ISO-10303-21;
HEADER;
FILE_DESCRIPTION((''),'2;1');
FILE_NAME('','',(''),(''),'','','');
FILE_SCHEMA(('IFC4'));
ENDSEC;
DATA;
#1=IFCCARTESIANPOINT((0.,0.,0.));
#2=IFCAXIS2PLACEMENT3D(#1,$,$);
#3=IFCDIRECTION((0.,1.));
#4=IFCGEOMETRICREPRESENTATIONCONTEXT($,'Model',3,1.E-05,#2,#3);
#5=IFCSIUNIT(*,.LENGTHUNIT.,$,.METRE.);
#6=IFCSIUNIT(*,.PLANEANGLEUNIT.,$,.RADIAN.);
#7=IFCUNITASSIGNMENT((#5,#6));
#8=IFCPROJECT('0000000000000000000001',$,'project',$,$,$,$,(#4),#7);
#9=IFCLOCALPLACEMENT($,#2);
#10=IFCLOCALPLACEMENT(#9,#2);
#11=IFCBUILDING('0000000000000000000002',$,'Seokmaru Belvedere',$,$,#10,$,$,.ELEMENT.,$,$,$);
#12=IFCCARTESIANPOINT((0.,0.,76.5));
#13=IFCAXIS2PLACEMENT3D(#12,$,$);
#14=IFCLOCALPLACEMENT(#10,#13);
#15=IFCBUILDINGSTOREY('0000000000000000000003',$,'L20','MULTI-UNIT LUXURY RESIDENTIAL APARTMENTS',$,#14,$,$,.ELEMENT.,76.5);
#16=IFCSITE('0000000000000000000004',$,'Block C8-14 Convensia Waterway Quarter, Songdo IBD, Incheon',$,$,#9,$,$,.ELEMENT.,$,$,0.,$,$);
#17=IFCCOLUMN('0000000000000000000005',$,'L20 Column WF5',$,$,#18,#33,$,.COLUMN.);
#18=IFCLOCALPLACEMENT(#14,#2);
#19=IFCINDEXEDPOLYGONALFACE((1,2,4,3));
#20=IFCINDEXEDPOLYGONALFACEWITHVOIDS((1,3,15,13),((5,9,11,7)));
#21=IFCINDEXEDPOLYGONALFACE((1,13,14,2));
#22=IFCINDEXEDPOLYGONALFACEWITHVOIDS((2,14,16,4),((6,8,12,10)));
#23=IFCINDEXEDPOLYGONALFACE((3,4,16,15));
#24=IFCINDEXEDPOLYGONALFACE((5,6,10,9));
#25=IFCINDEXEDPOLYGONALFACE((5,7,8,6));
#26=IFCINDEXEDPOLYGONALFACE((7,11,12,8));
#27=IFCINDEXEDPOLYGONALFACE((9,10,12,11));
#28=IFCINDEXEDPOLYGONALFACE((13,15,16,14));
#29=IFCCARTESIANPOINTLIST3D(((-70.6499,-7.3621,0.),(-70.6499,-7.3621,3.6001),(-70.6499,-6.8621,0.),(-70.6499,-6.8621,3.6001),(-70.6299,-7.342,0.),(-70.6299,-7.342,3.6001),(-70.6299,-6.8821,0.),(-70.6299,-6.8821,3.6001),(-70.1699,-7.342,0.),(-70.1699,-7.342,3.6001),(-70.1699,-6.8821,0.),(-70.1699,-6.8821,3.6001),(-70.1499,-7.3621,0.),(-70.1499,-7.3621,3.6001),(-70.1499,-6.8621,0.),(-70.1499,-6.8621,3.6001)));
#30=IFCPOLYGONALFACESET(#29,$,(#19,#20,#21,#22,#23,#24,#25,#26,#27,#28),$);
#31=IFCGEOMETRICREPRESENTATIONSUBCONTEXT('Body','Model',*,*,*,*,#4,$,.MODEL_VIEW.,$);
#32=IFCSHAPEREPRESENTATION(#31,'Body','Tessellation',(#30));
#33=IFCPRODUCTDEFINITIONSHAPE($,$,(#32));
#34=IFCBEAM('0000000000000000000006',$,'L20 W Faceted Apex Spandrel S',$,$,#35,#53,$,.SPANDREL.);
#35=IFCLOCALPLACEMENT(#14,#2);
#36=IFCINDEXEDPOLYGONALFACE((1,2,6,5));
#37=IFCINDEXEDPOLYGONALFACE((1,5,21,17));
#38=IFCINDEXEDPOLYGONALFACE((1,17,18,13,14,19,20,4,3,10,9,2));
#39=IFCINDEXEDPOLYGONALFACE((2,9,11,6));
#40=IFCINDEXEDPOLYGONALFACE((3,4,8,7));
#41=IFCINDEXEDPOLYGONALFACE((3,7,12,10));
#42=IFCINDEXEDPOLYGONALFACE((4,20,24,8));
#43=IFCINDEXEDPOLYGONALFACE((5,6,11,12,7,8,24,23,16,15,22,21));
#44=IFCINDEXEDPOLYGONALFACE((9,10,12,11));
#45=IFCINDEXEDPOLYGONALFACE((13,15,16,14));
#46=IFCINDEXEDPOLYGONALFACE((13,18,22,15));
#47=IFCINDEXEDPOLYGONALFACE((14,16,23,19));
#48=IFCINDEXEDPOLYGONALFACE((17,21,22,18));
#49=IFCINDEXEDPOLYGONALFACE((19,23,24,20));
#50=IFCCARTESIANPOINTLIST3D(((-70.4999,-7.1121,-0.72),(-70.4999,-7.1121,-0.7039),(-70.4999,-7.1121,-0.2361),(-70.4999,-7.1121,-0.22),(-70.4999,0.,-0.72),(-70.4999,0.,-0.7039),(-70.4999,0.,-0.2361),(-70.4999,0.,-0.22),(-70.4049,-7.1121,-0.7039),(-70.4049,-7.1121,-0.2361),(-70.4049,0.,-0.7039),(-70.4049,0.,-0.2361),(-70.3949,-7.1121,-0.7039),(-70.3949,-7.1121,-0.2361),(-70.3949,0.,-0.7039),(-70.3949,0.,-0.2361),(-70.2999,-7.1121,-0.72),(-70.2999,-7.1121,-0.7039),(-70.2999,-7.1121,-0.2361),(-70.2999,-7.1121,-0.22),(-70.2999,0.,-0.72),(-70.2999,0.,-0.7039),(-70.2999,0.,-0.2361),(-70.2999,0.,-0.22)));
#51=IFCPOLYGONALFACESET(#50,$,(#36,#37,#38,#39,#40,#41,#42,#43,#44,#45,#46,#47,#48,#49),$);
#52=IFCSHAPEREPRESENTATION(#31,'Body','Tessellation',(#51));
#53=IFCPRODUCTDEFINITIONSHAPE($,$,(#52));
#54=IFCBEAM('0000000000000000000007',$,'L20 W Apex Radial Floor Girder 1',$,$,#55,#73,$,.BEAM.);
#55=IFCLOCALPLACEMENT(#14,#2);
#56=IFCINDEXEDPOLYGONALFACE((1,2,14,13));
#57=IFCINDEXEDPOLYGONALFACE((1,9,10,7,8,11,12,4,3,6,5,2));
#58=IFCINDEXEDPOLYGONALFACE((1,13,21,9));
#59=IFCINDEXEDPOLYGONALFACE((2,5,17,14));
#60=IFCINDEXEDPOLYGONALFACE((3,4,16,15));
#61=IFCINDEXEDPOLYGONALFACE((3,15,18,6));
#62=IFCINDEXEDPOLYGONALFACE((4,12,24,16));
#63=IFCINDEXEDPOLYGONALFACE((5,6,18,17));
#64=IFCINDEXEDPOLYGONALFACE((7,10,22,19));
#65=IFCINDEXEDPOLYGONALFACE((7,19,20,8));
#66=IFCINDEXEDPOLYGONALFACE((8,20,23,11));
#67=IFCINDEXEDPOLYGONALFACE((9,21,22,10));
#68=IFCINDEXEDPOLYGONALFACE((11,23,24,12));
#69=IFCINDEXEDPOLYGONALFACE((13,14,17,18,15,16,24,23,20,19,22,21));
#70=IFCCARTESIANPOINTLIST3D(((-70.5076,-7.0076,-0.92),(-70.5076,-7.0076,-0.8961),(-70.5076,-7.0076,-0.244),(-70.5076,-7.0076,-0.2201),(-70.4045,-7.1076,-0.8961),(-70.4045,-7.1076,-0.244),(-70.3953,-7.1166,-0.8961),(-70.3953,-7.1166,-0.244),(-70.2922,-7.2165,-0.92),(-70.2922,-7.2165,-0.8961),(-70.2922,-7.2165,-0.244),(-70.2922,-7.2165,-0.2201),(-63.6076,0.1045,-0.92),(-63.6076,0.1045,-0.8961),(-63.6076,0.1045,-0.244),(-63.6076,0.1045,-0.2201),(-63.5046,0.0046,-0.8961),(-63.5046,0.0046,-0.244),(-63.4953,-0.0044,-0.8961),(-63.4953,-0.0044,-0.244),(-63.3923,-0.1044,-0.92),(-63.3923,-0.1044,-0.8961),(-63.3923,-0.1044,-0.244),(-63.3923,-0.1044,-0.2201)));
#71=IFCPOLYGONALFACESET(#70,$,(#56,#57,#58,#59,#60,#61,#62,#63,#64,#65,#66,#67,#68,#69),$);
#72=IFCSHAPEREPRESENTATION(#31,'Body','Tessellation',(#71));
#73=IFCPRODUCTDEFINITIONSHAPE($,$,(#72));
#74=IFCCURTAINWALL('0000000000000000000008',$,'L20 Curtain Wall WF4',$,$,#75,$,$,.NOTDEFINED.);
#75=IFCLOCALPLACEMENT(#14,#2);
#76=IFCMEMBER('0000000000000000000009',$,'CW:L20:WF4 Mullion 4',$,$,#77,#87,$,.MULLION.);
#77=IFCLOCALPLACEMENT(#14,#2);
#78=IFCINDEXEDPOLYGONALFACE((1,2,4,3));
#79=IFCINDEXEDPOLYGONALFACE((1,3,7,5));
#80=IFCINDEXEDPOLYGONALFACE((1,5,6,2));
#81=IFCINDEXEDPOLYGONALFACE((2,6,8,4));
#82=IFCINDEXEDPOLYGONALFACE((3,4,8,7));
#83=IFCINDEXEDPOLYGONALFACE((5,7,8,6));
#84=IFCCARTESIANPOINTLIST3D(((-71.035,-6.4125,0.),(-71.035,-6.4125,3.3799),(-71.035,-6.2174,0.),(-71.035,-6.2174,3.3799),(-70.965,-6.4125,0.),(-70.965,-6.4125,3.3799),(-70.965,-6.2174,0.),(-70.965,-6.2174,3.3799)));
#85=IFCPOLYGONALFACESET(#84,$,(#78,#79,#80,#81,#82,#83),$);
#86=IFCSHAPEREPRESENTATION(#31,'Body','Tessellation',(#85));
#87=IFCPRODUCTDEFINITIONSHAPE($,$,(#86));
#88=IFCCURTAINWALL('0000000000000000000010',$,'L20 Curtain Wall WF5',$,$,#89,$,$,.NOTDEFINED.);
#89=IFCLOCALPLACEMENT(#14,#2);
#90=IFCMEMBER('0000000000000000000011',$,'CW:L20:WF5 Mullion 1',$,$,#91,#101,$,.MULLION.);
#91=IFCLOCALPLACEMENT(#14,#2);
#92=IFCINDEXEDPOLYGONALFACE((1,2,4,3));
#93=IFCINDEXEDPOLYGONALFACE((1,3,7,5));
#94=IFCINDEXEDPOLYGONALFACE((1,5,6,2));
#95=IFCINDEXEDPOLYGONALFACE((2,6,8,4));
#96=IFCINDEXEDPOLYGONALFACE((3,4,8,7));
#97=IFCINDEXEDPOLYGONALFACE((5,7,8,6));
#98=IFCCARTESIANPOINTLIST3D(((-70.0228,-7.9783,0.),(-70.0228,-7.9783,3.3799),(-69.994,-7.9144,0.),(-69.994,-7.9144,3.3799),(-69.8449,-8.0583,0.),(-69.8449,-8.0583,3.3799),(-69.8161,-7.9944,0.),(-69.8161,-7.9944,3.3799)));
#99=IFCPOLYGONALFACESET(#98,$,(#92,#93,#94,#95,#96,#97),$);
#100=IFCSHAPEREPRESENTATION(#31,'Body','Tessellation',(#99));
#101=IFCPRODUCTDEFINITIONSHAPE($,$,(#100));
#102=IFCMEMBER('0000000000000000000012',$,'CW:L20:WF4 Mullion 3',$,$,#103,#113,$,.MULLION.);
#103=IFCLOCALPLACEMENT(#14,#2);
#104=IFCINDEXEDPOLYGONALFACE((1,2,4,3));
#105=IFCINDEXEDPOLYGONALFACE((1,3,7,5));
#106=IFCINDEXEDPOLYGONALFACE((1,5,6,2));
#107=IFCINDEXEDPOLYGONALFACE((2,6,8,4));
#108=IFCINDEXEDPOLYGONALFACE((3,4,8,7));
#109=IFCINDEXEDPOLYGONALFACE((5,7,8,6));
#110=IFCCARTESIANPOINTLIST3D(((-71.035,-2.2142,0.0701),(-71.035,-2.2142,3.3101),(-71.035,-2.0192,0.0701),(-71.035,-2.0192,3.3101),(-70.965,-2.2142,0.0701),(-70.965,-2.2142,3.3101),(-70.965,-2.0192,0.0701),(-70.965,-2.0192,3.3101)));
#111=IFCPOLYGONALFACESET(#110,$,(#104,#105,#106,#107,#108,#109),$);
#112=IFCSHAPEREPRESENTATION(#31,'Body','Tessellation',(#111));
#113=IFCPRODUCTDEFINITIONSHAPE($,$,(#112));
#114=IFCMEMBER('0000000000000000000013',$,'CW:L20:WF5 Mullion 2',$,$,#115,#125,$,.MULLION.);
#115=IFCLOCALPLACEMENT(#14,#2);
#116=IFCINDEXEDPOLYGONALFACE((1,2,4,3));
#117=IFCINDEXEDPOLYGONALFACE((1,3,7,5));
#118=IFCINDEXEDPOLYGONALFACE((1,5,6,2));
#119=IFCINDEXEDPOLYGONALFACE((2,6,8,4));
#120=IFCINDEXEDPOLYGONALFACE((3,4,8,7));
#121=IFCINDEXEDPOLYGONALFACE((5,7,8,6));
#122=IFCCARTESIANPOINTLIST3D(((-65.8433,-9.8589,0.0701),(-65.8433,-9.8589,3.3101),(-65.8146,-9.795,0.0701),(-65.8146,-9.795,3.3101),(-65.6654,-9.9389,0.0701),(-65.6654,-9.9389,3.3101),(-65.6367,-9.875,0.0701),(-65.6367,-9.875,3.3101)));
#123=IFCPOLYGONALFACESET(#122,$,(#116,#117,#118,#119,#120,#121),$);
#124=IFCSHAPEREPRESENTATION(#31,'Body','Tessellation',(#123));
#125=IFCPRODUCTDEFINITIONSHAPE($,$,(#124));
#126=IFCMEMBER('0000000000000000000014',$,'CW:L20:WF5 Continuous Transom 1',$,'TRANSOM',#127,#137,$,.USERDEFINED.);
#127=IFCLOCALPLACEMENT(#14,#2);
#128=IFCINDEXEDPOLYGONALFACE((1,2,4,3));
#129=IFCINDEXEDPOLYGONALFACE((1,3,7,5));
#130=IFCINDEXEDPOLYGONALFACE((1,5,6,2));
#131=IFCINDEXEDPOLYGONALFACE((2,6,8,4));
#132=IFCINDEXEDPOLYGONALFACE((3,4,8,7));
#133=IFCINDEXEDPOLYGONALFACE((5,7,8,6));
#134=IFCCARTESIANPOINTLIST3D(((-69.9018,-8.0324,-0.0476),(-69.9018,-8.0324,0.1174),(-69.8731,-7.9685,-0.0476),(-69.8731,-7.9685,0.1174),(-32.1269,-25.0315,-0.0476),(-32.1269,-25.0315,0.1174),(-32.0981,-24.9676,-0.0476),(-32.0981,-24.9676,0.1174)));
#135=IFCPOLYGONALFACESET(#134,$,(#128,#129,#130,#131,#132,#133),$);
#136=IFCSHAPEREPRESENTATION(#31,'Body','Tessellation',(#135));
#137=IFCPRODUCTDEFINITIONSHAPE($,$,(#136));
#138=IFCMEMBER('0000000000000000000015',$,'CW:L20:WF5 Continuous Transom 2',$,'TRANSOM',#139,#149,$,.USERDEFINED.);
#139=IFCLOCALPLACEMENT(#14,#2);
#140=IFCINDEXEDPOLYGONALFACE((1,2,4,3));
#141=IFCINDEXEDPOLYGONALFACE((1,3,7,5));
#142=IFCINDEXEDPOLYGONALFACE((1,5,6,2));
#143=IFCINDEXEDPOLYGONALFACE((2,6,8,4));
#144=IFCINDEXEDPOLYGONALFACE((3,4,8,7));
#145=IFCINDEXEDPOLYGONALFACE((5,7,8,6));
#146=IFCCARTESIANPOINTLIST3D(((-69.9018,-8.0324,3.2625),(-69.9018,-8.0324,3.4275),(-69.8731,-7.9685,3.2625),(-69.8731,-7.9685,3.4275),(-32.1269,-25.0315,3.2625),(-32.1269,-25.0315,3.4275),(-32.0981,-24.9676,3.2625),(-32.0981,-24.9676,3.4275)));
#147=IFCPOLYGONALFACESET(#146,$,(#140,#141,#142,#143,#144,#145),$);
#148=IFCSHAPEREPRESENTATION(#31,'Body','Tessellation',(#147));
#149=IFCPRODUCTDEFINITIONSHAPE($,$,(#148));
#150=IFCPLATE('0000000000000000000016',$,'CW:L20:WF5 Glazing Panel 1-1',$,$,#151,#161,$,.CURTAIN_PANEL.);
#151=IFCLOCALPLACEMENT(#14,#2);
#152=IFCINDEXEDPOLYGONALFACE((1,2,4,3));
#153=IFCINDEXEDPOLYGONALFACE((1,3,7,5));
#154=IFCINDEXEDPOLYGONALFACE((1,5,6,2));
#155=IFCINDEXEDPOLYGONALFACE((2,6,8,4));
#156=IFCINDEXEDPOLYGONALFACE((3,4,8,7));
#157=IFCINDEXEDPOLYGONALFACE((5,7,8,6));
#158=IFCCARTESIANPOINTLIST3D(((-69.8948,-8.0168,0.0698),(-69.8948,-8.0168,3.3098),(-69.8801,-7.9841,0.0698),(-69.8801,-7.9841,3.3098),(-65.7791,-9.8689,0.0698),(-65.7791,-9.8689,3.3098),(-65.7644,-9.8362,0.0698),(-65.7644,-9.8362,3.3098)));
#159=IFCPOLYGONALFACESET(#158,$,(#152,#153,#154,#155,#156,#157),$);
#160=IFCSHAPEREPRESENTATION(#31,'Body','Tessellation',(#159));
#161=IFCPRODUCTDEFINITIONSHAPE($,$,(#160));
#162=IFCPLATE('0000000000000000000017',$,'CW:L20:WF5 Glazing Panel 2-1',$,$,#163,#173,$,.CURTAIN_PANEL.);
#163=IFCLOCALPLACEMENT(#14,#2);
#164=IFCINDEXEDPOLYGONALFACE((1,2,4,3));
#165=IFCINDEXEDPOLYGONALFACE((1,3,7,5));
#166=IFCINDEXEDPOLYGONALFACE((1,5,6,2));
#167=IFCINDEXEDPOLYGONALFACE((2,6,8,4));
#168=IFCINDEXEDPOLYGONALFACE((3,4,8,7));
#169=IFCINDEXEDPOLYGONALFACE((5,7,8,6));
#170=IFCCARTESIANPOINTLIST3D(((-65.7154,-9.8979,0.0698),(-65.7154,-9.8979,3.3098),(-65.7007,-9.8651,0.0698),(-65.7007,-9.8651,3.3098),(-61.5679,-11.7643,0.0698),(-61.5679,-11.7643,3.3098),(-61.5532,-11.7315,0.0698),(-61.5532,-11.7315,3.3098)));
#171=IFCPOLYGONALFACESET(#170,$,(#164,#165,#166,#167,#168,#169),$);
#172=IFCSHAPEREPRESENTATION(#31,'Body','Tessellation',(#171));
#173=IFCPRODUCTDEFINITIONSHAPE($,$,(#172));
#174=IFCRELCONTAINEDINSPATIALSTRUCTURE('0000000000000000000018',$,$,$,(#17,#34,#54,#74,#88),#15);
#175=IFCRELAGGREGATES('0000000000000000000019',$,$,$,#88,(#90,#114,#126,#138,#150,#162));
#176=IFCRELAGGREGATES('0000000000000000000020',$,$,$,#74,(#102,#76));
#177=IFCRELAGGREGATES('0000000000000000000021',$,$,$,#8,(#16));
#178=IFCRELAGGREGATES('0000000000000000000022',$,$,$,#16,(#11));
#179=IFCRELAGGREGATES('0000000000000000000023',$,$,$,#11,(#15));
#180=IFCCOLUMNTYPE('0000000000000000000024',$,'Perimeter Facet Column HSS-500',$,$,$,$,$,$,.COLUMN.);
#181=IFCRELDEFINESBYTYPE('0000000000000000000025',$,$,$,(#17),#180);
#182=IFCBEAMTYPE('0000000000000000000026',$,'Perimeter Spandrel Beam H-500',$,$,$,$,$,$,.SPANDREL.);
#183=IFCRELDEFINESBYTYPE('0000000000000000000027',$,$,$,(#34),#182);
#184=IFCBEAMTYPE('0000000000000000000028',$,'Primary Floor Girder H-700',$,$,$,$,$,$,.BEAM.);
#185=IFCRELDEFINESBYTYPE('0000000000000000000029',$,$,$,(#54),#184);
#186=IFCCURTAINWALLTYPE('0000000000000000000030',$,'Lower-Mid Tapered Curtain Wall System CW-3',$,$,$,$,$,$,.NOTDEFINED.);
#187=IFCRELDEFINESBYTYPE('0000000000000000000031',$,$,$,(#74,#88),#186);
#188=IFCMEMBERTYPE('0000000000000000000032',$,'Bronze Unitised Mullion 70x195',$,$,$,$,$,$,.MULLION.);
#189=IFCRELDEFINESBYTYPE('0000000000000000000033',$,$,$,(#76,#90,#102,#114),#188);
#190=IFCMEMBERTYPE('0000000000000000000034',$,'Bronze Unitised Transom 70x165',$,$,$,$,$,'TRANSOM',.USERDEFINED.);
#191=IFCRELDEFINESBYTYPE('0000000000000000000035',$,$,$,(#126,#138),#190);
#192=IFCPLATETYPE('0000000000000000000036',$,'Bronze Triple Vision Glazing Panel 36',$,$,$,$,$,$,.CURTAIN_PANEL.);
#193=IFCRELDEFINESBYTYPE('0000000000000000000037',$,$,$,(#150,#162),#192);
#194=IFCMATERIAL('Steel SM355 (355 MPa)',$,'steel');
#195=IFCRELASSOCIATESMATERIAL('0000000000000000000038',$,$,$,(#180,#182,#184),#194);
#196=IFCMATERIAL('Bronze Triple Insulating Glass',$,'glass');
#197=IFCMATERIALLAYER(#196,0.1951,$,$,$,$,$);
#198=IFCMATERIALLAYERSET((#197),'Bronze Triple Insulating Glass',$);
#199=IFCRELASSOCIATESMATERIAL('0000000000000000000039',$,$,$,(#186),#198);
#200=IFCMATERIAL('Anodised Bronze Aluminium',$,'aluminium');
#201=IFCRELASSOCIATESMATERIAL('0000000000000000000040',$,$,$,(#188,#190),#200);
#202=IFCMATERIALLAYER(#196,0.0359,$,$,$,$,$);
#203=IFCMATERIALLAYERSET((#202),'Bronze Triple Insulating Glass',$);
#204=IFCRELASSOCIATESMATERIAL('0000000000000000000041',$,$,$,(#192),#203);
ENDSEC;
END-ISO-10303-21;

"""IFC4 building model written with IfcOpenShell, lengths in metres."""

from ifc_helpers import new_model, si_unit, direction, frame, origin, origin_2d, place, context, subcontext, project, spatial, rectangle, hollow_rectangle, i_section, extrude, source, transform, mapped, material, layer, layer_set, material_profile, profile_set, type_object, type_shapes, element, aggregate, save


model = new_model("IFC4")

# Units and contexts
model_context = context("Model", 3, precision=1e-05, world=origin(), true_north=direction((0.0, 1.0)))
body_context = subcontext(model_context, "Body", "Model", "MODEL_VIEW")
ifc_project = project(units=[si_unit("LENGTHUNIT", "METRE"), si_unit("PLANEANGLEUNIT", "RADIAN")], contexts=[model_context])

# Site, building, storey
site_placement = place(None, origin())
site = spatial("IfcSite", under=ifc_project, at=site_placement, Name="Block C8-14 Convensia Waterway Quarter, Songdo IBD, Incheon", CompositionType="ELEMENT", RefElevation=0.0)
building_placement = place(site_placement, origin())
building = spatial("IfcBuilding", under=site, at=building_placement, Name="Seokmaru Belvedere", CompositionType="ELEMENT")
storey_placement = place(building_placement, frame((0.0, 0.0, 76.5)))
storey = spatial("IfcBuildingStorey", under=building, at=storey_placement, Name="L20", Description="MULTI-UNIT LUXURY RESIDENTIAL APARTMENTS", CompositionType="ELEMENT", Elevation=76.5)

# Column
ifc_material_1 = material(Name="Steel SM355 (355 MPa)", Category="steel")
ifc_material_profile_1 = material_profile(ifc_material_1, hollow_rectangle(XDim=0.5, YDim=0.5, WallThickness=0.02, at=origin_2d()), Name="HSS-500x500x20")
ifc_profile_set_1 = profile_set([ifc_material_profile_1], Name="Steel SM355 (355 MPa)")
column_type = type_object("IfcColumnType", Name="Perimeter Facet Column HSS-500", PredefinedType="COLUMN", material=ifc_profile_set_1)
shared_shape_1 = source(origin(), body_context, "Body", "SweptSolid", [
    extrude(hollow_rectangle(XDim=0.5, YDim=0.5, WallThickness=0.02, at=origin_2d()), origin(), (0.0, 0.0, 1.0), 3.6001),
])
type_shapes(column_type, [shared_shape_1])
column_placement = place(storey_placement, frame((-70.3999, -7.1121, 0.0), z_axis=(0.0, 0.0, 1.0), x_axis=(1.0, 0.0, 0.0)))
element("IfcColumn", 1, at=column_placement, inside=storey, type_object=column_type, Name="L20 Column WF5", PredefinedType="COLUMN", context=body_context, shape_type="MappedRepresentation", body=[
    mapped(shared_shape_1, transform((0.0, 0.0, 0.0), scale=1.0)),
])

# Beams
ifc_material_profile_2 = material_profile(ifc_material_1, i_section(OverallWidth=0.2, OverallDepth=0.5, WebThickness=0.01, FlangeThickness=0.0161, at=origin_2d()), Name="H-500x200x10x16")
ifc_profile_set_2 = profile_set([ifc_material_profile_2], Name="Steel SM355 (355 MPa)")
beam_type_1 = type_object("IfcBeamType", Name="Perimeter Spandrel Beam H-500", PredefinedType="SPANDREL", material=ifc_profile_set_2)
shared_shape_2 = source(origin(), body_context, "Body", "SweptSolid", [
    extrude(i_section(OverallWidth=0.2, OverallDepth=0.5, WebThickness=0.01, FlangeThickness=0.0161, at=origin_2d()), origin(), (0.0, 0.0, 1.0), 7.1121),
])
type_shapes(beam_type_1, [shared_shape_2])
beam_1_placement = place(storey_placement, frame((-70.3999, -7.1121, -0.47), z_axis=(0.0, 1.0, 0.0), x_axis=(-1.0, 0.0, 0.0)))
element("IfcBeam", 2, at=beam_1_placement, inside=storey, type_object=beam_type_1, Name="L20 W Faceted Apex Spandrel S", PredefinedType="SPANDREL", context=body_context, shape_type="MappedRepresentation", body=[
    mapped(shared_shape_2, transform((0.0, 0.0, 0.0), scale=1.0)),
])
ifc_material_profile_3 = material_profile(ifc_material_1, i_section(OverallWidth=0.3, OverallDepth=0.7, WebThickness=0.0129, FlangeThickness=0.0239, at=origin_2d()), Name="H-700x300x13x24")
ifc_profile_set_3 = profile_set([ifc_material_profile_3], Name="Steel SM355 (355 MPa)")
beam_type_2 = type_object("IfcBeamType", Name="Primary Floor Girder H-700", PredefinedType="BEAM", material=ifc_profile_set_3)
shared_shape_3 = source(origin(), body_context, "Body", "SweptSolid", [
    extrude(i_section(OverallWidth=0.3, OverallDepth=0.7, WebThickness=0.0129, FlangeThickness=0.0239, at=origin_2d()), origin(), (0.0, 0.0, 1.0), 9.9092),
])
type_shapes(beam_type_2, [shared_shape_3])
beam_2_placement = place(storey_placement, frame((-70.3999, -7.1121, -0.5701), z_axis=(0.696321, 0.717731, 0.0), x_axis=(-0.717731, 0.696321, 0.0)))
element("IfcBeam", 3, at=beam_2_placement, inside=storey, type_object=beam_type_2, Name="L20 W Apex Radial Floor Girder 1", PredefinedType="BEAM", context=body_context, shape_type="MappedRepresentation", body=[
    mapped(shared_shape_3, transform((0.0, 0.0, 0.0), scale=1.0)),
])

# Curtain walls, members
ifc_material_2 = material(Name="Bronze Triple Insulating Glass", Category="glass")
ifc_layer_1 = layer(ifc_material_2, 0.1951)
ifc_layer_set_1 = layer_set([ifc_layer_1], Name="Bronze Triple Insulating Glass")
curtain_wall_type = type_object("IfcCurtainWallType", Name="Lower-Mid Tapered Curtain Wall System CW-3", PredefinedType="NOTDEFINED", material=ifc_layer_set_1)
curtain_wall_1_placement = place(storey_placement, origin())
curtain_wall_1 = element("IfcCurtainWall", 4, at=curtain_wall_1_placement, inside=storey, type_object=curtain_wall_type, Name="L20 Curtain Wall WF4", PredefinedType="NOTDEFINED")
ifc_material_3 = material(Name="Anodised Bronze Aluminium", Category="aluminium")
ifc_material_profile_4 = material_profile(ifc_material_3, rectangle(XDim=0.0701, YDim=0.1951, at=origin_2d()), Name="CW-M-70x195")
ifc_profile_set_4 = profile_set([ifc_material_profile_4], Name="Anodised Bronze Aluminium")
member_type_1 = type_object("IfcMemberType", Name="Bronze Unitised Mullion 70x195", PredefinedType="MULLION", material=ifc_profile_set_4)
shared_shape_4 = source(origin(), body_context, "Body", "SweptSolid", [
    extrude(rectangle(XDim=0.0701, YDim=0.1951, at=origin_2d()), origin(), (0.0, 0.0, 1.0), 3.3799),
])
member_1_placement = place(storey_placement, frame((-71.0, -6.3149, 0.0), z_axis=(0.0, 0.0, 1.0), x_axis=(1.0, 0.0, 0.0)))
member_1 = element("IfcMember", 5, at=member_1_placement, type_object=member_type_1, Name="CW:L20:WF4 Mullion 4", PredefinedType="MULLION", context=body_context, shape_type="MappedRepresentation", body=[
    mapped(shared_shape_4, transform((0.0, 0.0, 0.0), scale=1.0)),
])
curtain_wall_2_placement = place(storey_placement, origin())
curtain_wall_2 = element("IfcCurtainWall", 6, at=curtain_wall_2_placement, inside=storey, type_object=curtain_wall_type, Name="L20 Curtain Wall WF5", PredefinedType="NOTDEFINED")
member_2_placement = place(storey_placement, frame((-69.9194, -7.9863, 0.0), z_axis=(0.0, 0.0, 1.0), x_axis=(0.410366, 0.911921, 0.0)))
member_2 = element("IfcMember", 7, at=member_2_placement, type_object=member_type_1, Name="CW:L20:WF5 Mullion 1", PredefinedType="MULLION", context=body_context, shape_type="MappedRepresentation", body=[
    mapped(shared_shape_4, transform((0.0, 0.0, 0.0), scale=1.0)),
])

# Members
shared_shape_5 = source(origin(), body_context, "Body", "SweptSolid", [
    extrude(rectangle(XDim=0.0701, YDim=0.1951, at=origin_2d()), origin(), (0.0, 0.0, 1.0), 3.24),
])
type_shapes(member_type_1, [shared_shape_4, shared_shape_5])
member_3_placement = place(storey_placement, frame((-71.0, -2.1167, 0.0701), z_axis=(0.0, 0.0, 1.0), x_axis=(1.0, 0.0, 0.0)))
member_3 = element("IfcMember", 8, at=member_3_placement, type_object=member_type_1, Name="CW:L20:WF4 Mullion 3", PredefinedType="MULLION", context=body_context, shape_type="MappedRepresentation", body=[
    mapped(shared_shape_5, transform((0.0, 0.0, 0.0), scale=1.0)),
])
member_4_placement = place(storey_placement, frame((-65.74, -9.8669, 0.0701), z_axis=(0.0, 0.0, 1.0), x_axis=(0.410366, 0.911921, 0.0)))
member_4 = element("IfcMember", 9, at=member_4_placement, type_object=member_type_1, Name="CW:L20:WF5 Mullion 2", PredefinedType="MULLION", context=body_context, shape_type="MappedRepresentation", body=[
    mapped(shared_shape_5, transform((0.0, 0.0, 0.0), scale=1.0)),
])
ifc_material_profile_5 = material_profile(ifc_material_3, rectangle(XDim=0.0701, YDim=0.165, at=origin_2d()), Name="CW-T-70x165")
ifc_profile_set_5 = profile_set([ifc_material_profile_5], Name="Anodised Bronze Aluminium")
member_type_2 = type_object("IfcMemberType", Name="Bronze Unitised Transom 70x165", ElementType="TRANSOM", PredefinedType="USERDEFINED", material=ifc_profile_set_5)
shared_shape_6 = source(origin(), body_context, "Body", "SweptSolid", [
    extrude(rectangle(XDim=0.0701, YDim=0.165, at=origin_2d()), origin(), (0.0, 0.0, 1.0), 41.4236),
])
type_shapes(member_type_2, [shared_shape_6])
member_5_placement = place(storey_placement, frame((-69.8875, -8.0005, 0.0349), z_axis=(0.911919, -0.410371, 0.0), x_axis=(0.410371, 0.911919, 0.0)))
member_5 = element("IfcMember", 10, at=member_5_placement, type_object=member_type_2, Name="CW:L20:WF5 Continuous Transom 1", ObjectType="TRANSOM", PredefinedType="USERDEFINED", context=body_context, shape_type="MappedRepresentation", body=[
    mapped(shared_shape_6, transform((0.0, 0.0, 0.0), scale=1.0)),
])
member_6_placement = place(storey_placement, frame((-69.8875, -8.0005, 3.345), z_axis=(0.911919, -0.410371, 0.0), x_axis=(0.410371, 0.911919, 0.0)))
member_6 = element("IfcMember", 11, at=member_6_placement, type_object=member_type_2, Name="CW:L20:WF5 Continuous Transom 2", ObjectType="TRANSOM", PredefinedType="USERDEFINED", context=body_context, shape_type="MappedRepresentation", body=[
    mapped(shared_shape_6, transform((0.0, 0.0, 0.0), scale=1.0)),
])

# Plates
ifc_layer_2 = layer(ifc_material_2, 0.0359)
ifc_layer_set_2 = layer_set([ifc_layer_2], Name="Bronze Triple Insulating Glass")
plate_type = type_object("IfcPlateType", Name="Bronze Triple Vision Glazing Panel 36", PredefinedType="CURTAIN_PANEL", material=ifc_layer_set_2)
shared_shape_7 = source(origin(), body_context, "Body", "SweptSolid", [
    extrude(rectangle(XDim=4.5132, YDim=0.0359, at=origin_2d()), origin(), (0.0, 0.0, 1.0), 3.24),
])
plate_1_placement = place(storey_placement, frame((-67.8296, -8.9265, 0.0698), z_axis=(0.0, 0.0, 1.0), x_axis=(0.911921, -0.410366, 0.0)))
plate_1 = element("IfcPlate", 12, at=plate_1_placement, type_object=plate_type, Name="CW:L20:WF5 Glazing Panel 1-1", PredefinedType="CURTAIN_PANEL", context=body_context, shape_type="MappedRepresentation", body=[
    mapped(shared_shape_7, transform((0.0, 0.0, 0.0), scale=1.0)),
])
shared_shape_8 = source(origin(), body_context, "Body", "SweptSolid", [
    extrude(rectangle(XDim=4.5481, YDim=0.0359, at=origin_2d()), origin(), (0.0, 0.0, 1.0), 3.24),
])
plate_2_placement = place(storey_placement, frame((-63.6343, -10.8147, 0.0698), z_axis=(0.0, 0.0, 1.0), x_axis=(0.911921, -0.410366, 0.0)))
plate_2 = element("IfcPlate", 13, at=plate_2_placement, type_object=plate_type, Name="CW:L20:WF5 Glazing Panel 2-1", PredefinedType="CURTAIN_PANEL", context=body_context, shape_type="MappedRepresentation", body=[
    mapped(shared_shape_8, transform((0.0, 0.0, 0.0), scale=1.0)),
])
aggregate(curtain_wall_2, [member_2, member_4, member_5, member_6, plate_1, plate_2])
aggregate(curtain_wall_1, [member_3, member_1])

save(model, "model.ifc")
